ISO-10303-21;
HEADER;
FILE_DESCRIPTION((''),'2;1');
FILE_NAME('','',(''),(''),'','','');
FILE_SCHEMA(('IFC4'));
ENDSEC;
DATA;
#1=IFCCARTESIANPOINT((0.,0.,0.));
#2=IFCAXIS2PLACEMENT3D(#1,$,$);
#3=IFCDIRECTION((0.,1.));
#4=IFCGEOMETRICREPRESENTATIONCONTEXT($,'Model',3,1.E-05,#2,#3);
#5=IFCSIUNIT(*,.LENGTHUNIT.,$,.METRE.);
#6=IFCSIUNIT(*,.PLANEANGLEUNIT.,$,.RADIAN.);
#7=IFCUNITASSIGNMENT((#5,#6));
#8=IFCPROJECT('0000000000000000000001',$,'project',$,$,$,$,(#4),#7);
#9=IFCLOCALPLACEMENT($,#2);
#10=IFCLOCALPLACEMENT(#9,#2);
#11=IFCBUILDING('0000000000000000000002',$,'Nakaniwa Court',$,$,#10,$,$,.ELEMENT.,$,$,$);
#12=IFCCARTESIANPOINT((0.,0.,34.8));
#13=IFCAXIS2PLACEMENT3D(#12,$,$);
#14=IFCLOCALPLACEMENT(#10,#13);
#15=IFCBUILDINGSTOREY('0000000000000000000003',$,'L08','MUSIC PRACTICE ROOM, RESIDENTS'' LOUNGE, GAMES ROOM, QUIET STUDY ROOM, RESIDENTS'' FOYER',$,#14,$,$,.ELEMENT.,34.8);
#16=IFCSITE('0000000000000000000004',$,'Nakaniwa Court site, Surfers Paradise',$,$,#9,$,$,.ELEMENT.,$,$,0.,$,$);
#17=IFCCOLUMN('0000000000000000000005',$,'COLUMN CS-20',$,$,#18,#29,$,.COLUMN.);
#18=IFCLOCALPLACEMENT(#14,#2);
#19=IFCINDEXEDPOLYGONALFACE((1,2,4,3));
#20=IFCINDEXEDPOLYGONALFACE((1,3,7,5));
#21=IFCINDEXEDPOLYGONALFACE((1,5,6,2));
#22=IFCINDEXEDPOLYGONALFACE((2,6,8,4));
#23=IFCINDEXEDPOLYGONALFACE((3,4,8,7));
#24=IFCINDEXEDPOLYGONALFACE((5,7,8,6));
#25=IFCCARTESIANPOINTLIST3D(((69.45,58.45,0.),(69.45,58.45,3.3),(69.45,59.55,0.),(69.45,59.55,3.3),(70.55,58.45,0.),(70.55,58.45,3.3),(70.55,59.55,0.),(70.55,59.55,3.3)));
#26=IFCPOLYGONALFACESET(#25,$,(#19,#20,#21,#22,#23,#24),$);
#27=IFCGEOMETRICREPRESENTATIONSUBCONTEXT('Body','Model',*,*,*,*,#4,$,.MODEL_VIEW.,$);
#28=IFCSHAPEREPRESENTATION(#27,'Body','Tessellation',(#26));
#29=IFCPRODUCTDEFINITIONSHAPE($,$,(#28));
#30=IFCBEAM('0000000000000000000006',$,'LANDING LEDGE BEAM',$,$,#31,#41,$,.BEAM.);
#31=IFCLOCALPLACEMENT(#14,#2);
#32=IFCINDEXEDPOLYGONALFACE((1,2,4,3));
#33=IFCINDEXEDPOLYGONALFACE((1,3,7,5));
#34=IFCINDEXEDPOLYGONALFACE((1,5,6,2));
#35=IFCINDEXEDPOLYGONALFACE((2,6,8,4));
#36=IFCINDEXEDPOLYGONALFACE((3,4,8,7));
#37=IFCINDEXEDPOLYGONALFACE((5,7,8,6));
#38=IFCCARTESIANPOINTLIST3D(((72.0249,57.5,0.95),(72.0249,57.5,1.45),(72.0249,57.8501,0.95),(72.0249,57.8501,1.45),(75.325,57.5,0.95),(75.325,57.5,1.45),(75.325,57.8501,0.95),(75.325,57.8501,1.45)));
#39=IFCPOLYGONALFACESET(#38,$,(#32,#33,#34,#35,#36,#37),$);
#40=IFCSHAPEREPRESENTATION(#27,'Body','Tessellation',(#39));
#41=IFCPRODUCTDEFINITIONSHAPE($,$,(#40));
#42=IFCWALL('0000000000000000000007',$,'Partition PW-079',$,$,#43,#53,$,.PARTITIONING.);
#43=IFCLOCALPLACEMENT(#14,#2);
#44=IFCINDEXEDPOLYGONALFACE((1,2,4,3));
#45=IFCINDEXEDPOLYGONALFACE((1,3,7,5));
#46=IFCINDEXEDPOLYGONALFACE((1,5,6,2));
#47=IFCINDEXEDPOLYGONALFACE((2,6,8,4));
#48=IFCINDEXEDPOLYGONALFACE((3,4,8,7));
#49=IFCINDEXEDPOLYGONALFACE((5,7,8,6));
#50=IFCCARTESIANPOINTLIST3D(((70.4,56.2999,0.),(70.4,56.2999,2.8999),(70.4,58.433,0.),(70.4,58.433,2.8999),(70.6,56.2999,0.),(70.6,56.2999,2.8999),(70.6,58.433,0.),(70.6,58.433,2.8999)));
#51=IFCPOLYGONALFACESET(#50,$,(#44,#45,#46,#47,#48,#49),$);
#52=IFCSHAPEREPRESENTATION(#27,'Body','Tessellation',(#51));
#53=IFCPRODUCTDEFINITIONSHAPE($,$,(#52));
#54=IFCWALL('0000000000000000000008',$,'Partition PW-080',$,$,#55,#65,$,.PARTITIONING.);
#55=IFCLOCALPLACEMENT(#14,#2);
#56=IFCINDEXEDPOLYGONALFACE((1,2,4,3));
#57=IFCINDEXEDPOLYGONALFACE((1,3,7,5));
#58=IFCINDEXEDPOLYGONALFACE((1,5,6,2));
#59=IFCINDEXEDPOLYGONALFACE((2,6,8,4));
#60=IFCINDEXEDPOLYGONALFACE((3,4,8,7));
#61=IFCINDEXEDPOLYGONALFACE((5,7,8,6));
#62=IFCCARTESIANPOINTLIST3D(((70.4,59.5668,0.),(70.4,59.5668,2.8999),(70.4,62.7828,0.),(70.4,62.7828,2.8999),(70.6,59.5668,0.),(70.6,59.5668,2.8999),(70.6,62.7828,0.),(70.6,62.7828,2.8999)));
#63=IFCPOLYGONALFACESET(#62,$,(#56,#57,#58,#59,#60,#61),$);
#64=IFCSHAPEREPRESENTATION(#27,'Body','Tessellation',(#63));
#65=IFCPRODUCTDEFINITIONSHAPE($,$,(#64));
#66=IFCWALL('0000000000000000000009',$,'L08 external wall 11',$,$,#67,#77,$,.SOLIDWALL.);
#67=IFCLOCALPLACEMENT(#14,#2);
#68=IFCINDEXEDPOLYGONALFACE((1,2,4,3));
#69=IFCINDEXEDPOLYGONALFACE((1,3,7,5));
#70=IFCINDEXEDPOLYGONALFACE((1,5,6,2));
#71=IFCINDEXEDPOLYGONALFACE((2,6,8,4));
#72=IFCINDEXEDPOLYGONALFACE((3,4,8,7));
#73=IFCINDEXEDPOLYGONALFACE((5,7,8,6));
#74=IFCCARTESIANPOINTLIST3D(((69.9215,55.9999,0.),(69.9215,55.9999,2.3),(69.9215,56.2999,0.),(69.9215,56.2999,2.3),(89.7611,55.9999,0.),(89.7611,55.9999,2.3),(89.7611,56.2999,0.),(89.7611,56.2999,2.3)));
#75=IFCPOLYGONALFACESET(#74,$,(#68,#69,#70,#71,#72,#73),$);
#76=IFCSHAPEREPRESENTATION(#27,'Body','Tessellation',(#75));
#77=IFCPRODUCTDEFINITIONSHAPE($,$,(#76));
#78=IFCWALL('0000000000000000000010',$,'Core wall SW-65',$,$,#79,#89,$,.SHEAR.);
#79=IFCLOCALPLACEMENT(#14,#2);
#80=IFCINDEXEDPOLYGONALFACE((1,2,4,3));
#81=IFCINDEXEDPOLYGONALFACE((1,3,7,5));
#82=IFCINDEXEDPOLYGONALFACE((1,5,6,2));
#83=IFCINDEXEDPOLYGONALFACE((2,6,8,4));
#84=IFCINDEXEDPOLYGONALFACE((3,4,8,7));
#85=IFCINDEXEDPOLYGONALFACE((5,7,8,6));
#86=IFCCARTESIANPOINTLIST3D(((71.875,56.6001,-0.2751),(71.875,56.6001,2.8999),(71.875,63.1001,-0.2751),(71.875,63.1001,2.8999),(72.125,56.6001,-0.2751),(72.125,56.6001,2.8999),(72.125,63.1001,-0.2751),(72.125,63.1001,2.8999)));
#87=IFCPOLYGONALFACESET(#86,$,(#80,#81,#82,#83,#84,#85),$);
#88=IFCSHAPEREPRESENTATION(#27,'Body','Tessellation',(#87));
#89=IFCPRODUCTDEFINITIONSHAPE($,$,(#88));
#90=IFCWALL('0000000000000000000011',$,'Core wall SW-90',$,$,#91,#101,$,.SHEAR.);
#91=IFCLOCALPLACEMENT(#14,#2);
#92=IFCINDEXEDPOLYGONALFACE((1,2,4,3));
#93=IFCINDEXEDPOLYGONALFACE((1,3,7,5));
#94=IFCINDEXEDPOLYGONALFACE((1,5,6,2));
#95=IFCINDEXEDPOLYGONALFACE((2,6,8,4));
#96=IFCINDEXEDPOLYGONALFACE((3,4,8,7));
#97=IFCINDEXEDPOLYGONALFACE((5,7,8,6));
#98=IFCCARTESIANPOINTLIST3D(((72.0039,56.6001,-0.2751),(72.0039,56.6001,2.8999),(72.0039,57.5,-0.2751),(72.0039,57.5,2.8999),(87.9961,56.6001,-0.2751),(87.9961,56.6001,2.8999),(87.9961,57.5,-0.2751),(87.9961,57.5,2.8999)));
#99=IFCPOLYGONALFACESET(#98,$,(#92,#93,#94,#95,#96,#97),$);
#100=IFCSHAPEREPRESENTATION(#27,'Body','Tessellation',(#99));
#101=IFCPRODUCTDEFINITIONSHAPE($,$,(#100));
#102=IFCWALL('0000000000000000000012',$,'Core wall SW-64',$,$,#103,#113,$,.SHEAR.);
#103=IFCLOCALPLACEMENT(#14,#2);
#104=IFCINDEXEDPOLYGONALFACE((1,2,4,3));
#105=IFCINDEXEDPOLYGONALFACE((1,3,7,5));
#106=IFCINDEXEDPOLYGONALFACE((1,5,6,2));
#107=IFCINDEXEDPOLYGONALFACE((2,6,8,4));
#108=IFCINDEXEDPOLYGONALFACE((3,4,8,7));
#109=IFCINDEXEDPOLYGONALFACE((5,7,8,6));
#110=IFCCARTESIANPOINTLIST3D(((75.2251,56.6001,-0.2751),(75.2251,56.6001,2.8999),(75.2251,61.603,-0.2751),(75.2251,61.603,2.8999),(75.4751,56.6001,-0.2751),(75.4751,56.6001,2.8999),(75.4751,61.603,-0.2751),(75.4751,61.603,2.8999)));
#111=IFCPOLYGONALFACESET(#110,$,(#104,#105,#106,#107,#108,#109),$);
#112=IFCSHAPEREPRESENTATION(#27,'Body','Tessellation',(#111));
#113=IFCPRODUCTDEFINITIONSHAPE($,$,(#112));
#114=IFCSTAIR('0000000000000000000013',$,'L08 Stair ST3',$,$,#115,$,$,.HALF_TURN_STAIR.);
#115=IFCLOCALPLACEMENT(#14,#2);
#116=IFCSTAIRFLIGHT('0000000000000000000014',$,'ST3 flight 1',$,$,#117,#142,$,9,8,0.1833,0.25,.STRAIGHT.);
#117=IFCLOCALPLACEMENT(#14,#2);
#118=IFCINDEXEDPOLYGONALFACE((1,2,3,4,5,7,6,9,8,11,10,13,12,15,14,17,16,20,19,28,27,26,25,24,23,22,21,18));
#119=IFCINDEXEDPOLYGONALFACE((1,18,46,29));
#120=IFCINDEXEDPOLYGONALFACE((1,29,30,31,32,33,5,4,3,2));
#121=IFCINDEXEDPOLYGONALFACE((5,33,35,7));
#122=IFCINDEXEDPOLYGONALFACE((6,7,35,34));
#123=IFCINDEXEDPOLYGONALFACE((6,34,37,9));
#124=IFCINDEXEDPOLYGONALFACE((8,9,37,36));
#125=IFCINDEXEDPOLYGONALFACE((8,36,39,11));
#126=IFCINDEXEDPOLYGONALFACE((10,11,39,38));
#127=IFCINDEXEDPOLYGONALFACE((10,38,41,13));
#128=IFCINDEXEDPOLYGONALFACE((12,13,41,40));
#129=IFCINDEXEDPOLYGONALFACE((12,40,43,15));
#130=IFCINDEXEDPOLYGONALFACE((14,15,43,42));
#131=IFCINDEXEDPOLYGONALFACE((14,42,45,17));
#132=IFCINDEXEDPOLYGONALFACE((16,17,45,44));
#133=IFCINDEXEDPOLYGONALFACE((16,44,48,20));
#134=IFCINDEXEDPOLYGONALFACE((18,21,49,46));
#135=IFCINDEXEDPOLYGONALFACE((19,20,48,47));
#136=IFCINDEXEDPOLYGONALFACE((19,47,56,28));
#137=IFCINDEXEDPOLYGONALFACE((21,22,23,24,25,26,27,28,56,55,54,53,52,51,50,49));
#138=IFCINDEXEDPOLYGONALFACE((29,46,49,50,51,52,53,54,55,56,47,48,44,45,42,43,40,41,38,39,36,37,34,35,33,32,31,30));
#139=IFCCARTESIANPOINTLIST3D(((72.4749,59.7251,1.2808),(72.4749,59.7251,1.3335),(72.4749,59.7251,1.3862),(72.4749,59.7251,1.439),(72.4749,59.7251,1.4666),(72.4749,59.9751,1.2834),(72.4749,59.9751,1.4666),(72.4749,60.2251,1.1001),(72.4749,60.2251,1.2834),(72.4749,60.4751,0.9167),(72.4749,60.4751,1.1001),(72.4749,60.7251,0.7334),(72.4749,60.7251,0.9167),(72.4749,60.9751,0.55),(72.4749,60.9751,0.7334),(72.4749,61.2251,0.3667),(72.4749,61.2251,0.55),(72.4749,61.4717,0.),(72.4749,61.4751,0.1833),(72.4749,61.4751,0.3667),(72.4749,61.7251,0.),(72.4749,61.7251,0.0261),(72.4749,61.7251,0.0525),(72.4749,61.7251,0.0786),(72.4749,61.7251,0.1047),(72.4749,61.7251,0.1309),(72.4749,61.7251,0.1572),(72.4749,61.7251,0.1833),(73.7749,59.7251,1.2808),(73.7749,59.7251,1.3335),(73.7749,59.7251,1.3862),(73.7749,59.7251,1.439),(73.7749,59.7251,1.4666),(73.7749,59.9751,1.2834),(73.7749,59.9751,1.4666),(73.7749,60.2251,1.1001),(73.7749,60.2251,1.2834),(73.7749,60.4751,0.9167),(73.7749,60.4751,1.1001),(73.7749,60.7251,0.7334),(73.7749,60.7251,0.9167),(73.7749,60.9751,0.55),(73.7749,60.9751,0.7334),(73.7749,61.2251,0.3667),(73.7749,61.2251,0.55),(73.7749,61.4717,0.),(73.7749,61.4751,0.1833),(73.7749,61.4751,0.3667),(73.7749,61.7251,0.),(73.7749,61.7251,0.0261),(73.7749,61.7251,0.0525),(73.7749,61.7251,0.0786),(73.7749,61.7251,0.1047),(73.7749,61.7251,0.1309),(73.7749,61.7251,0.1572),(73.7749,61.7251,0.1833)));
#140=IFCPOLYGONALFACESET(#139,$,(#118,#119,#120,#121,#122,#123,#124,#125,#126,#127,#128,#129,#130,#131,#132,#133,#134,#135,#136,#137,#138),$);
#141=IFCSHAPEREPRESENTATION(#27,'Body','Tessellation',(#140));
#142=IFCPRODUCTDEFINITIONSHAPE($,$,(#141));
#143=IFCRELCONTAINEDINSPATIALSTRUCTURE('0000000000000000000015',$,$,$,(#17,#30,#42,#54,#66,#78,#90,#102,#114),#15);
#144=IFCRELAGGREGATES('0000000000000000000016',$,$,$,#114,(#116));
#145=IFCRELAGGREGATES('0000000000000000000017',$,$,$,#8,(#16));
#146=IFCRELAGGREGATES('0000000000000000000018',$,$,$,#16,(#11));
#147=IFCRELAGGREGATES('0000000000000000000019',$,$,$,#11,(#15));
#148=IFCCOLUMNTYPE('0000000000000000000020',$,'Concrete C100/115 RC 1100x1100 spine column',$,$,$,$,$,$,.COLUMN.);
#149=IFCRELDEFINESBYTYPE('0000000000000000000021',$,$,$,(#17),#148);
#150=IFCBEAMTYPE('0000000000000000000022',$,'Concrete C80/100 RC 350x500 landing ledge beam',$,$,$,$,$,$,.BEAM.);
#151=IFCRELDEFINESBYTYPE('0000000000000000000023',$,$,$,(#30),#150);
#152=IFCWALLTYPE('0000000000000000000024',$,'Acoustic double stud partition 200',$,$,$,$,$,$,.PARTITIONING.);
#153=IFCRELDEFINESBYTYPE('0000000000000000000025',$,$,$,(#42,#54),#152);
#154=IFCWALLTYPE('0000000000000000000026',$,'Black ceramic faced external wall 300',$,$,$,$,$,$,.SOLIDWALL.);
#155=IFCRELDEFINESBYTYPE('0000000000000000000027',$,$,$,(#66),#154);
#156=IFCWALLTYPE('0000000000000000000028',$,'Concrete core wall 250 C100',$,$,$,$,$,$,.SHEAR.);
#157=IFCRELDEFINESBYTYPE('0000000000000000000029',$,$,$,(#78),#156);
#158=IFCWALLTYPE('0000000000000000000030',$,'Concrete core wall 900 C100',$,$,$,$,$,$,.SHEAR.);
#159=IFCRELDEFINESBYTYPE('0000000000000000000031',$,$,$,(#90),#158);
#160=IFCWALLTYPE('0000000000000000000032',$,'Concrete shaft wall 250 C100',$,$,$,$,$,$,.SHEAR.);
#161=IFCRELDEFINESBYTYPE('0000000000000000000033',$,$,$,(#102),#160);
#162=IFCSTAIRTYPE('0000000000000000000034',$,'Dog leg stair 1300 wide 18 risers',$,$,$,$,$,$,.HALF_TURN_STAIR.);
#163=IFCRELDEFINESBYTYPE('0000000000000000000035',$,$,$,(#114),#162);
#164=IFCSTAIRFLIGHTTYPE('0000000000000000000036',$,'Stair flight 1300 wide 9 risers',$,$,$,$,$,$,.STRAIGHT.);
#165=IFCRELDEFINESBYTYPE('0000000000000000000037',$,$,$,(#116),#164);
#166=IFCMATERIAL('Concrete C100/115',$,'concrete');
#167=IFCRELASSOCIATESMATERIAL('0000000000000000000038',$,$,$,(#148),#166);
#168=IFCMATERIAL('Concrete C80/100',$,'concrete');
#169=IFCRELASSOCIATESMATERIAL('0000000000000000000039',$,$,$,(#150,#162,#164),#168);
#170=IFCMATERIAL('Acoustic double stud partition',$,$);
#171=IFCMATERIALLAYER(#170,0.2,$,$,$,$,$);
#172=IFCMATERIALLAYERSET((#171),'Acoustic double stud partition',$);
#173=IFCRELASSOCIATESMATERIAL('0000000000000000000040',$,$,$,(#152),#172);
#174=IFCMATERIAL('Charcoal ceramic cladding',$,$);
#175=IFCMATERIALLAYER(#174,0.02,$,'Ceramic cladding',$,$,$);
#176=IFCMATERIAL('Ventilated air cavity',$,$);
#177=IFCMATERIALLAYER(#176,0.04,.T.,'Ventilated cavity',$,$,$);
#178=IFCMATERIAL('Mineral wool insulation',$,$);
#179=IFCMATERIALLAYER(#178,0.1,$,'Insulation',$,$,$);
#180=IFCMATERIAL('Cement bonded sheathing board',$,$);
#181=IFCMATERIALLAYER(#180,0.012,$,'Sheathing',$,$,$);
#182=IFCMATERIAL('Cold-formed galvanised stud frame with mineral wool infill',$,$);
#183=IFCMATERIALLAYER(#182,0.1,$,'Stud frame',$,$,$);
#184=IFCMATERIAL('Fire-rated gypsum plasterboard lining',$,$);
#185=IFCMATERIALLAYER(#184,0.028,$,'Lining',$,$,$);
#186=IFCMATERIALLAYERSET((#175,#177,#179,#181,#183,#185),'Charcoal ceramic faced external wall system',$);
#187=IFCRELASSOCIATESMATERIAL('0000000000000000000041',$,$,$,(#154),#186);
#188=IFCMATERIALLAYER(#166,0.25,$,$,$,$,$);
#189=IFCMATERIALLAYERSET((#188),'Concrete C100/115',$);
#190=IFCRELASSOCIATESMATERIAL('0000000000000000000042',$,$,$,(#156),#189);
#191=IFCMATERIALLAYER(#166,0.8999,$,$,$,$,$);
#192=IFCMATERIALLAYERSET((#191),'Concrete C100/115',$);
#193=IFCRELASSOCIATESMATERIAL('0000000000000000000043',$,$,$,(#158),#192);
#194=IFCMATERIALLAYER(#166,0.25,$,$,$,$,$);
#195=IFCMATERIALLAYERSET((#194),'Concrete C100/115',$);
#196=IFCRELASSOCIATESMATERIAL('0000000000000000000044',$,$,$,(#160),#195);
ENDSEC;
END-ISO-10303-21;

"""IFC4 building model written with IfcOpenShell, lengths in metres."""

from ifc_helpers import new_model, si_unit, direction, frame, frame_2d, origin, origin_2d, place, context, subcontext, project, spatial, polyline, rectangle, outline, extrude, material, layer, layer_set, material_profile, profile_set, type_object, element, aggregate, save


model = new_model("IFC4")

# Units and contexts
model_context = context("Model", 3, precision=1e-05, world=origin(), true_north=direction((0.0, 1.0)))
body_context = subcontext(model_context, "Body", "Model", "MODEL_VIEW")
ifc_project = project(units=[si_unit("LENGTHUNIT", "METRE"), si_unit("PLANEANGLEUNIT", "RADIAN")], contexts=[model_context])

# Site, building, storey
site_placement = place(None, origin())
site = spatial("IfcSite", under=ifc_project, at=site_placement, Name="Nakaniwa Court site, Surfers Paradise", CompositionType="ELEMENT", RefElevation=0.0)
building_placement = place(site_placement, origin())
building = spatial("IfcBuilding", under=site, at=building_placement, Name="Nakaniwa Court", CompositionType="ELEMENT")
storey_placement = place(building_placement, frame((0.0, 0.0, 34.8)))
storey = spatial("IfcBuildingStorey", under=building, at=storey_placement, Name="L08", Description="MUSIC PRACTICE ROOM, RESIDENTS' LOUNGE, GAMES ROOM, QUIET STUDY ROOM, RESIDENTS' FOYER", CompositionType="ELEMENT", Elevation=34.8)

# Column
ifc_material_1 = material(Name="Concrete C100/115", Category="concrete")
ifc_material_profile_1 = material_profile(ifc_material_1, rectangle(XDim=1.1001, YDim=1.1001, at=origin_2d()), Name="Concrete C100/115 RC 1100x1100 spine column")
ifc_profile_set_1 = profile_set([ifc_material_profile_1], Name="Concrete C100/115")
column_type = type_object("IfcColumnType", Name="Concrete C100/115 RC 1100x1100 spine column", PredefinedType="COLUMN", material=ifc_profile_set_1)
column_placement = place(storey_placement, frame((70.0, 59.0, 0.0), z_axis=(0.0, 0.0, 1.0), x_axis=(0.0, -1.0, 0.0)))
element("IfcColumn", 1, at=column_placement, inside=storey, type_object=column_type, Name="COLUMN CS-20", PredefinedType="COLUMN", context=body_context, shape_type="SweptSolid", body=[
    extrude(rectangle(XDim=1.1001, YDim=1.1001, at=origin_2d()), origin(), (0.0, 0.0, 1.0), 3.3),
])

# Beam
ifc_material_2 = material(Name="Concrete C80/100", Category="concrete")
ifc_material_profile_2 = material_profile(ifc_material_2, rectangle(XDim=0.3501, YDim=0.5, at=origin_2d()), Name="Concrete C80/100 RC 350x500 landing ledge beam")
ifc_profile_set_2 = profile_set([ifc_material_profile_2], Name="Concrete C80/100")
beam_type = type_object("IfcBeamType", Name="Concrete C80/100 RC 350x500 landing ledge beam", PredefinedType="BEAM", material=ifc_profile_set_2)
beam_placement = place(storey_placement, frame((72.0249, 57.675, 1.2), z_axis=(1.0, 0.0, 0.0), x_axis=(0.0, 1.0, 0.0)))
element("IfcBeam", 2, at=beam_placement, inside=storey, type_object=beam_type, Name="LANDING LEDGE BEAM", PredefinedType="BEAM", context=body_context, shape_type="SweptSolid", body=[
    extrude(rectangle(XDim=0.3501, YDim=0.5, at=origin_2d()), origin(), (0.0, 0.0, 1.0), 3.3),
])

# Walls
ifc_material_3 = material(Name="Acoustic double stud partition")
ifc_layer_1 = layer(ifc_material_3, 0.2)
ifc_layer_set_1 = layer_set([ifc_layer_1], Name="Acoustic double stud partition")
wall_type_1 = type_object("IfcWallType", Name="Acoustic double stud partition 200", PredefinedType="PARTITIONING", material=ifc_layer_set_1)
wall_1_placement = place(storey_placement, frame((70.5, 56.3, 0.0), z_axis=(0.0, 0.0, 1.0), x_axis=(0.0, 1.0, 0.0)))
element("IfcWall", 3, at=wall_1_placement, inside=storey, type_object=wall_type_1, Name="Partition PW-079", PredefinedType="PARTITIONING", context=body_context, shape_type="SweptSolid", body=[
    extrude(rectangle(XDim=2.1331, YDim=0.2, at=frame_2d((1.0664, 0.0))), origin(), (0.0, 0.0, 1.0), 2.8999),
])
wall_2_placement = place(storey_placement, frame((70.5, 59.5669, 0.0), z_axis=(0.0, 0.0, 1.0), x_axis=(0.0, 1.0, 0.0)))
element("IfcWall", 4, at=wall_2_placement, inside=storey, type_object=wall_type_1, Name="Partition PW-080", PredefinedType="PARTITIONING", context=body_context, shape_type="SweptSolid", body=[
    extrude(rectangle(XDim=3.2161, YDim=0.2, at=frame_2d((1.6079, 0.0))), origin(), (0.0, 0.0, 1.0), 2.8999),
])
ifc_material_4 = material(Name="Charcoal ceramic cladding")
ifc_layer_2 = layer(ifc_material_4, 0.02, Name="Ceramic cladding")
ifc_material_5 = material(Name="Ventilated air cavity")
ifc_layer_3 = layer(ifc_material_5, 0.04, ventilated=True, Name="Ventilated cavity")
ifc_material_6 = material(Name="Mineral wool insulation")
ifc_layer_4 = layer(ifc_material_6, 0.1, Name="Insulation")
ifc_material_7 = material(Name="Cement bonded sheathing board")
ifc_layer_5 = layer(ifc_material_7, 0.012, Name="Sheathing")
ifc_material_8 = material(Name="Cold-formed galvanised stud frame with mineral wool infill")
ifc_layer_6 = layer(ifc_material_8, 0.1, Name="Stud frame")
ifc_material_9 = material(Name="Fire-rated gypsum plasterboard lining")
ifc_layer_7 = layer(ifc_material_9, 0.028, Name="Lining")
ifc_layer_set_2 = layer_set([ifc_layer_2, ifc_layer_3, ifc_layer_4, ifc_layer_5, ifc_layer_6, ifc_layer_7], Name="Charcoal ceramic faced external wall system")
wall_type_2 = type_object("IfcWallType", Name="Black ceramic faced external wall 300", PredefinedType="SOLIDWALL", material=ifc_layer_set_2)
wall_3_placement = place(storey_placement, frame((69.9214, 56.1499, 0.0), z_axis=(0.0, 0.0, 1.0), x_axis=(1.0, 0.0, 0.0)))
element("IfcWall", 5, at=wall_3_placement, inside=storey, type_object=wall_type_2, Name="L08 external wall 11", PredefinedType="SOLIDWALL", context=body_context, shape_type="SweptSolid", body=[
    extrude(rectangle(XDim=19.8396, YDim=0.3, at=frame_2d((9.9199, 0.0))), origin(), (0.0, 0.0, 1.0), 2.3),
])
ifc_layer_8 = layer(ifc_material_1, 0.25)
ifc_layer_set_3 = layer_set([ifc_layer_8], Name="Concrete C100/115")
wall_type_3 = type_object("IfcWallType", Name="Concrete core wall 250 C100", PredefinedType="SHEAR", material=ifc_layer_set_3)
wall_4_placement = place(storey_placement, frame((72.0, 56.6001, -0.2751), z_axis=(0.0, 0.0, 1.0), x_axis=(0.0, 1.0, 0.0)))
element("IfcWall", 6, at=wall_4_placement, inside=storey, type_object=wall_type_3, Name="Core wall SW-65", PredefinedType="SHEAR", context=body_context, shape_type="SweptSolid", body=[
    extrude(rectangle(XDim=6.5, YDim=0.25, at=frame_2d((3.25, 0.0))), origin(), (0.0, 0.0, 1.0), 3.175),
])
ifc_layer_9 = layer(ifc_material_1, 0.8999)
ifc_layer_set_4 = layer_set([ifc_layer_9], Name="Concrete C100/115")
wall_type_4 = type_object("IfcWallType", Name="Concrete core wall 900 C100", PredefinedType="SHEAR", material=ifc_layer_set_4)
wall_5_placement = place(storey_placement, frame((72.0039, 57.05, -0.2751), z_axis=(0.0, 0.0, 1.0), x_axis=(1.0, 0.0, 0.0)))
element("IfcWall", 7, at=wall_5_placement, inside=storey, type_object=wall_type_4, Name="Core wall SW-90", PredefinedType="SHEAR", context=body_context, shape_type="SweptSolid", body=[
    extrude(rectangle(XDim=15.9922, YDim=0.8999, at=frame_2d((7.9961, 0.0))), origin(), (0.0, 0.0, 1.0), 3.175),
])
ifc_layer_10 = layer(ifc_material_1, 0.25)
ifc_layer_set_5 = layer_set([ifc_layer_10], Name="Concrete C100/115")
wall_type_5 = type_object("IfcWallType", Name="Concrete shaft wall 250 C100", PredefinedType="SHEAR", material=ifc_layer_set_5)
wall_6_placement = place(storey_placement, frame((75.3501, 56.6001, -0.2751), z_axis=(0.0, 0.0, 1.0), x_axis=(0.0, 1.0, 0.0)))
element("IfcWall", 8, at=wall_6_placement, inside=storey, type_object=wall_type_5, Name="Core wall SW-64", PredefinedType="SHEAR", context=body_context, shape_type="SweptSolid", body=[
    extrude(rectangle(XDim=5.0029, YDim=0.25, at=frame_2d((2.5015, 0.0))), origin(), (0.0, 0.0, 1.0), 3.175),
])

# Stair, stair flight
stair_type = type_object("IfcStairType", Name="Dog leg stair 1300 wide 18 risers", PredefinedType="HALF_TURN_STAIR", material=ifc_material_2)
stair_placement = place(storey_placement, origin())
stair = element("IfcStair", 9, at=stair_placement, inside=storey, type_object=stair_type, Name="L08 Stair ST3", PredefinedType="HALF_TURN_STAIR")
stair_flight_type = type_object("IfcStairFlightType", Name="Stair flight 1300 wide 9 risers", PredefinedType="STRAIGHT", material=ifc_material_2)
stair_flight_1_placement = place(storey_placement, frame((73.125, 61.7251, 0.0), z_axis=(0.0, 0.0, 1.0), x_axis=(0.0, -1.0, 0.0)))
stair_flight_1 = element("IfcStairFlight", 10, at=stair_flight_1_placement, type_object=stair_flight_type, Name="ST3 flight 1", NumberOfRisers=9, NumberOfTreads=8, PredefinedType="STRAIGHT", RiserHeight=0.1833, TreadLength=0.25, context=body_context, shape_type="SweptSolid", body=[
    extrude(outline(polyline([(0.0, 0.0), (0.0, 0.0261), (0.0, 0.0525), (0.0, 0.0786), (0.0, 0.1047), (0.0, 0.1309), (0.0, 0.1572), (0.0, 0.1833), (0.25, 0.1833), (0.25, 0.3667), (0.5, 0.3667), (0.5, 0.55), (0.75, 0.55), (0.75, 0.7334), (1.0, 0.7334), (1.0, 0.9167), (1.25, 0.9167), (1.25, 1.1001), (1.5, 1.1001), (1.5, 1.2834), (1.75, 1.2834), (1.75, 1.4666), (2.0, 1.4666), (2.0, 1.6499), (2.0, 1.5972), (2.0, 1.5444), (2.0, 1.4917), (2.0, 1.439), (2.0, 1.3862), (2.0, 1.3335), (2.0, 1.2808), (0.2534, 0.0), (0.0, 0.0)])), frame((0.0, 0.6499, 0.0), z_axis=(0.0, -1.0, 0.0), x_axis=(1.0, 0.0, 0.0)), (0.0, 0.0, 1.0), 1.3),
])
aggregate(stair, [stair_flight_1])

save(model, "model.ifc")
